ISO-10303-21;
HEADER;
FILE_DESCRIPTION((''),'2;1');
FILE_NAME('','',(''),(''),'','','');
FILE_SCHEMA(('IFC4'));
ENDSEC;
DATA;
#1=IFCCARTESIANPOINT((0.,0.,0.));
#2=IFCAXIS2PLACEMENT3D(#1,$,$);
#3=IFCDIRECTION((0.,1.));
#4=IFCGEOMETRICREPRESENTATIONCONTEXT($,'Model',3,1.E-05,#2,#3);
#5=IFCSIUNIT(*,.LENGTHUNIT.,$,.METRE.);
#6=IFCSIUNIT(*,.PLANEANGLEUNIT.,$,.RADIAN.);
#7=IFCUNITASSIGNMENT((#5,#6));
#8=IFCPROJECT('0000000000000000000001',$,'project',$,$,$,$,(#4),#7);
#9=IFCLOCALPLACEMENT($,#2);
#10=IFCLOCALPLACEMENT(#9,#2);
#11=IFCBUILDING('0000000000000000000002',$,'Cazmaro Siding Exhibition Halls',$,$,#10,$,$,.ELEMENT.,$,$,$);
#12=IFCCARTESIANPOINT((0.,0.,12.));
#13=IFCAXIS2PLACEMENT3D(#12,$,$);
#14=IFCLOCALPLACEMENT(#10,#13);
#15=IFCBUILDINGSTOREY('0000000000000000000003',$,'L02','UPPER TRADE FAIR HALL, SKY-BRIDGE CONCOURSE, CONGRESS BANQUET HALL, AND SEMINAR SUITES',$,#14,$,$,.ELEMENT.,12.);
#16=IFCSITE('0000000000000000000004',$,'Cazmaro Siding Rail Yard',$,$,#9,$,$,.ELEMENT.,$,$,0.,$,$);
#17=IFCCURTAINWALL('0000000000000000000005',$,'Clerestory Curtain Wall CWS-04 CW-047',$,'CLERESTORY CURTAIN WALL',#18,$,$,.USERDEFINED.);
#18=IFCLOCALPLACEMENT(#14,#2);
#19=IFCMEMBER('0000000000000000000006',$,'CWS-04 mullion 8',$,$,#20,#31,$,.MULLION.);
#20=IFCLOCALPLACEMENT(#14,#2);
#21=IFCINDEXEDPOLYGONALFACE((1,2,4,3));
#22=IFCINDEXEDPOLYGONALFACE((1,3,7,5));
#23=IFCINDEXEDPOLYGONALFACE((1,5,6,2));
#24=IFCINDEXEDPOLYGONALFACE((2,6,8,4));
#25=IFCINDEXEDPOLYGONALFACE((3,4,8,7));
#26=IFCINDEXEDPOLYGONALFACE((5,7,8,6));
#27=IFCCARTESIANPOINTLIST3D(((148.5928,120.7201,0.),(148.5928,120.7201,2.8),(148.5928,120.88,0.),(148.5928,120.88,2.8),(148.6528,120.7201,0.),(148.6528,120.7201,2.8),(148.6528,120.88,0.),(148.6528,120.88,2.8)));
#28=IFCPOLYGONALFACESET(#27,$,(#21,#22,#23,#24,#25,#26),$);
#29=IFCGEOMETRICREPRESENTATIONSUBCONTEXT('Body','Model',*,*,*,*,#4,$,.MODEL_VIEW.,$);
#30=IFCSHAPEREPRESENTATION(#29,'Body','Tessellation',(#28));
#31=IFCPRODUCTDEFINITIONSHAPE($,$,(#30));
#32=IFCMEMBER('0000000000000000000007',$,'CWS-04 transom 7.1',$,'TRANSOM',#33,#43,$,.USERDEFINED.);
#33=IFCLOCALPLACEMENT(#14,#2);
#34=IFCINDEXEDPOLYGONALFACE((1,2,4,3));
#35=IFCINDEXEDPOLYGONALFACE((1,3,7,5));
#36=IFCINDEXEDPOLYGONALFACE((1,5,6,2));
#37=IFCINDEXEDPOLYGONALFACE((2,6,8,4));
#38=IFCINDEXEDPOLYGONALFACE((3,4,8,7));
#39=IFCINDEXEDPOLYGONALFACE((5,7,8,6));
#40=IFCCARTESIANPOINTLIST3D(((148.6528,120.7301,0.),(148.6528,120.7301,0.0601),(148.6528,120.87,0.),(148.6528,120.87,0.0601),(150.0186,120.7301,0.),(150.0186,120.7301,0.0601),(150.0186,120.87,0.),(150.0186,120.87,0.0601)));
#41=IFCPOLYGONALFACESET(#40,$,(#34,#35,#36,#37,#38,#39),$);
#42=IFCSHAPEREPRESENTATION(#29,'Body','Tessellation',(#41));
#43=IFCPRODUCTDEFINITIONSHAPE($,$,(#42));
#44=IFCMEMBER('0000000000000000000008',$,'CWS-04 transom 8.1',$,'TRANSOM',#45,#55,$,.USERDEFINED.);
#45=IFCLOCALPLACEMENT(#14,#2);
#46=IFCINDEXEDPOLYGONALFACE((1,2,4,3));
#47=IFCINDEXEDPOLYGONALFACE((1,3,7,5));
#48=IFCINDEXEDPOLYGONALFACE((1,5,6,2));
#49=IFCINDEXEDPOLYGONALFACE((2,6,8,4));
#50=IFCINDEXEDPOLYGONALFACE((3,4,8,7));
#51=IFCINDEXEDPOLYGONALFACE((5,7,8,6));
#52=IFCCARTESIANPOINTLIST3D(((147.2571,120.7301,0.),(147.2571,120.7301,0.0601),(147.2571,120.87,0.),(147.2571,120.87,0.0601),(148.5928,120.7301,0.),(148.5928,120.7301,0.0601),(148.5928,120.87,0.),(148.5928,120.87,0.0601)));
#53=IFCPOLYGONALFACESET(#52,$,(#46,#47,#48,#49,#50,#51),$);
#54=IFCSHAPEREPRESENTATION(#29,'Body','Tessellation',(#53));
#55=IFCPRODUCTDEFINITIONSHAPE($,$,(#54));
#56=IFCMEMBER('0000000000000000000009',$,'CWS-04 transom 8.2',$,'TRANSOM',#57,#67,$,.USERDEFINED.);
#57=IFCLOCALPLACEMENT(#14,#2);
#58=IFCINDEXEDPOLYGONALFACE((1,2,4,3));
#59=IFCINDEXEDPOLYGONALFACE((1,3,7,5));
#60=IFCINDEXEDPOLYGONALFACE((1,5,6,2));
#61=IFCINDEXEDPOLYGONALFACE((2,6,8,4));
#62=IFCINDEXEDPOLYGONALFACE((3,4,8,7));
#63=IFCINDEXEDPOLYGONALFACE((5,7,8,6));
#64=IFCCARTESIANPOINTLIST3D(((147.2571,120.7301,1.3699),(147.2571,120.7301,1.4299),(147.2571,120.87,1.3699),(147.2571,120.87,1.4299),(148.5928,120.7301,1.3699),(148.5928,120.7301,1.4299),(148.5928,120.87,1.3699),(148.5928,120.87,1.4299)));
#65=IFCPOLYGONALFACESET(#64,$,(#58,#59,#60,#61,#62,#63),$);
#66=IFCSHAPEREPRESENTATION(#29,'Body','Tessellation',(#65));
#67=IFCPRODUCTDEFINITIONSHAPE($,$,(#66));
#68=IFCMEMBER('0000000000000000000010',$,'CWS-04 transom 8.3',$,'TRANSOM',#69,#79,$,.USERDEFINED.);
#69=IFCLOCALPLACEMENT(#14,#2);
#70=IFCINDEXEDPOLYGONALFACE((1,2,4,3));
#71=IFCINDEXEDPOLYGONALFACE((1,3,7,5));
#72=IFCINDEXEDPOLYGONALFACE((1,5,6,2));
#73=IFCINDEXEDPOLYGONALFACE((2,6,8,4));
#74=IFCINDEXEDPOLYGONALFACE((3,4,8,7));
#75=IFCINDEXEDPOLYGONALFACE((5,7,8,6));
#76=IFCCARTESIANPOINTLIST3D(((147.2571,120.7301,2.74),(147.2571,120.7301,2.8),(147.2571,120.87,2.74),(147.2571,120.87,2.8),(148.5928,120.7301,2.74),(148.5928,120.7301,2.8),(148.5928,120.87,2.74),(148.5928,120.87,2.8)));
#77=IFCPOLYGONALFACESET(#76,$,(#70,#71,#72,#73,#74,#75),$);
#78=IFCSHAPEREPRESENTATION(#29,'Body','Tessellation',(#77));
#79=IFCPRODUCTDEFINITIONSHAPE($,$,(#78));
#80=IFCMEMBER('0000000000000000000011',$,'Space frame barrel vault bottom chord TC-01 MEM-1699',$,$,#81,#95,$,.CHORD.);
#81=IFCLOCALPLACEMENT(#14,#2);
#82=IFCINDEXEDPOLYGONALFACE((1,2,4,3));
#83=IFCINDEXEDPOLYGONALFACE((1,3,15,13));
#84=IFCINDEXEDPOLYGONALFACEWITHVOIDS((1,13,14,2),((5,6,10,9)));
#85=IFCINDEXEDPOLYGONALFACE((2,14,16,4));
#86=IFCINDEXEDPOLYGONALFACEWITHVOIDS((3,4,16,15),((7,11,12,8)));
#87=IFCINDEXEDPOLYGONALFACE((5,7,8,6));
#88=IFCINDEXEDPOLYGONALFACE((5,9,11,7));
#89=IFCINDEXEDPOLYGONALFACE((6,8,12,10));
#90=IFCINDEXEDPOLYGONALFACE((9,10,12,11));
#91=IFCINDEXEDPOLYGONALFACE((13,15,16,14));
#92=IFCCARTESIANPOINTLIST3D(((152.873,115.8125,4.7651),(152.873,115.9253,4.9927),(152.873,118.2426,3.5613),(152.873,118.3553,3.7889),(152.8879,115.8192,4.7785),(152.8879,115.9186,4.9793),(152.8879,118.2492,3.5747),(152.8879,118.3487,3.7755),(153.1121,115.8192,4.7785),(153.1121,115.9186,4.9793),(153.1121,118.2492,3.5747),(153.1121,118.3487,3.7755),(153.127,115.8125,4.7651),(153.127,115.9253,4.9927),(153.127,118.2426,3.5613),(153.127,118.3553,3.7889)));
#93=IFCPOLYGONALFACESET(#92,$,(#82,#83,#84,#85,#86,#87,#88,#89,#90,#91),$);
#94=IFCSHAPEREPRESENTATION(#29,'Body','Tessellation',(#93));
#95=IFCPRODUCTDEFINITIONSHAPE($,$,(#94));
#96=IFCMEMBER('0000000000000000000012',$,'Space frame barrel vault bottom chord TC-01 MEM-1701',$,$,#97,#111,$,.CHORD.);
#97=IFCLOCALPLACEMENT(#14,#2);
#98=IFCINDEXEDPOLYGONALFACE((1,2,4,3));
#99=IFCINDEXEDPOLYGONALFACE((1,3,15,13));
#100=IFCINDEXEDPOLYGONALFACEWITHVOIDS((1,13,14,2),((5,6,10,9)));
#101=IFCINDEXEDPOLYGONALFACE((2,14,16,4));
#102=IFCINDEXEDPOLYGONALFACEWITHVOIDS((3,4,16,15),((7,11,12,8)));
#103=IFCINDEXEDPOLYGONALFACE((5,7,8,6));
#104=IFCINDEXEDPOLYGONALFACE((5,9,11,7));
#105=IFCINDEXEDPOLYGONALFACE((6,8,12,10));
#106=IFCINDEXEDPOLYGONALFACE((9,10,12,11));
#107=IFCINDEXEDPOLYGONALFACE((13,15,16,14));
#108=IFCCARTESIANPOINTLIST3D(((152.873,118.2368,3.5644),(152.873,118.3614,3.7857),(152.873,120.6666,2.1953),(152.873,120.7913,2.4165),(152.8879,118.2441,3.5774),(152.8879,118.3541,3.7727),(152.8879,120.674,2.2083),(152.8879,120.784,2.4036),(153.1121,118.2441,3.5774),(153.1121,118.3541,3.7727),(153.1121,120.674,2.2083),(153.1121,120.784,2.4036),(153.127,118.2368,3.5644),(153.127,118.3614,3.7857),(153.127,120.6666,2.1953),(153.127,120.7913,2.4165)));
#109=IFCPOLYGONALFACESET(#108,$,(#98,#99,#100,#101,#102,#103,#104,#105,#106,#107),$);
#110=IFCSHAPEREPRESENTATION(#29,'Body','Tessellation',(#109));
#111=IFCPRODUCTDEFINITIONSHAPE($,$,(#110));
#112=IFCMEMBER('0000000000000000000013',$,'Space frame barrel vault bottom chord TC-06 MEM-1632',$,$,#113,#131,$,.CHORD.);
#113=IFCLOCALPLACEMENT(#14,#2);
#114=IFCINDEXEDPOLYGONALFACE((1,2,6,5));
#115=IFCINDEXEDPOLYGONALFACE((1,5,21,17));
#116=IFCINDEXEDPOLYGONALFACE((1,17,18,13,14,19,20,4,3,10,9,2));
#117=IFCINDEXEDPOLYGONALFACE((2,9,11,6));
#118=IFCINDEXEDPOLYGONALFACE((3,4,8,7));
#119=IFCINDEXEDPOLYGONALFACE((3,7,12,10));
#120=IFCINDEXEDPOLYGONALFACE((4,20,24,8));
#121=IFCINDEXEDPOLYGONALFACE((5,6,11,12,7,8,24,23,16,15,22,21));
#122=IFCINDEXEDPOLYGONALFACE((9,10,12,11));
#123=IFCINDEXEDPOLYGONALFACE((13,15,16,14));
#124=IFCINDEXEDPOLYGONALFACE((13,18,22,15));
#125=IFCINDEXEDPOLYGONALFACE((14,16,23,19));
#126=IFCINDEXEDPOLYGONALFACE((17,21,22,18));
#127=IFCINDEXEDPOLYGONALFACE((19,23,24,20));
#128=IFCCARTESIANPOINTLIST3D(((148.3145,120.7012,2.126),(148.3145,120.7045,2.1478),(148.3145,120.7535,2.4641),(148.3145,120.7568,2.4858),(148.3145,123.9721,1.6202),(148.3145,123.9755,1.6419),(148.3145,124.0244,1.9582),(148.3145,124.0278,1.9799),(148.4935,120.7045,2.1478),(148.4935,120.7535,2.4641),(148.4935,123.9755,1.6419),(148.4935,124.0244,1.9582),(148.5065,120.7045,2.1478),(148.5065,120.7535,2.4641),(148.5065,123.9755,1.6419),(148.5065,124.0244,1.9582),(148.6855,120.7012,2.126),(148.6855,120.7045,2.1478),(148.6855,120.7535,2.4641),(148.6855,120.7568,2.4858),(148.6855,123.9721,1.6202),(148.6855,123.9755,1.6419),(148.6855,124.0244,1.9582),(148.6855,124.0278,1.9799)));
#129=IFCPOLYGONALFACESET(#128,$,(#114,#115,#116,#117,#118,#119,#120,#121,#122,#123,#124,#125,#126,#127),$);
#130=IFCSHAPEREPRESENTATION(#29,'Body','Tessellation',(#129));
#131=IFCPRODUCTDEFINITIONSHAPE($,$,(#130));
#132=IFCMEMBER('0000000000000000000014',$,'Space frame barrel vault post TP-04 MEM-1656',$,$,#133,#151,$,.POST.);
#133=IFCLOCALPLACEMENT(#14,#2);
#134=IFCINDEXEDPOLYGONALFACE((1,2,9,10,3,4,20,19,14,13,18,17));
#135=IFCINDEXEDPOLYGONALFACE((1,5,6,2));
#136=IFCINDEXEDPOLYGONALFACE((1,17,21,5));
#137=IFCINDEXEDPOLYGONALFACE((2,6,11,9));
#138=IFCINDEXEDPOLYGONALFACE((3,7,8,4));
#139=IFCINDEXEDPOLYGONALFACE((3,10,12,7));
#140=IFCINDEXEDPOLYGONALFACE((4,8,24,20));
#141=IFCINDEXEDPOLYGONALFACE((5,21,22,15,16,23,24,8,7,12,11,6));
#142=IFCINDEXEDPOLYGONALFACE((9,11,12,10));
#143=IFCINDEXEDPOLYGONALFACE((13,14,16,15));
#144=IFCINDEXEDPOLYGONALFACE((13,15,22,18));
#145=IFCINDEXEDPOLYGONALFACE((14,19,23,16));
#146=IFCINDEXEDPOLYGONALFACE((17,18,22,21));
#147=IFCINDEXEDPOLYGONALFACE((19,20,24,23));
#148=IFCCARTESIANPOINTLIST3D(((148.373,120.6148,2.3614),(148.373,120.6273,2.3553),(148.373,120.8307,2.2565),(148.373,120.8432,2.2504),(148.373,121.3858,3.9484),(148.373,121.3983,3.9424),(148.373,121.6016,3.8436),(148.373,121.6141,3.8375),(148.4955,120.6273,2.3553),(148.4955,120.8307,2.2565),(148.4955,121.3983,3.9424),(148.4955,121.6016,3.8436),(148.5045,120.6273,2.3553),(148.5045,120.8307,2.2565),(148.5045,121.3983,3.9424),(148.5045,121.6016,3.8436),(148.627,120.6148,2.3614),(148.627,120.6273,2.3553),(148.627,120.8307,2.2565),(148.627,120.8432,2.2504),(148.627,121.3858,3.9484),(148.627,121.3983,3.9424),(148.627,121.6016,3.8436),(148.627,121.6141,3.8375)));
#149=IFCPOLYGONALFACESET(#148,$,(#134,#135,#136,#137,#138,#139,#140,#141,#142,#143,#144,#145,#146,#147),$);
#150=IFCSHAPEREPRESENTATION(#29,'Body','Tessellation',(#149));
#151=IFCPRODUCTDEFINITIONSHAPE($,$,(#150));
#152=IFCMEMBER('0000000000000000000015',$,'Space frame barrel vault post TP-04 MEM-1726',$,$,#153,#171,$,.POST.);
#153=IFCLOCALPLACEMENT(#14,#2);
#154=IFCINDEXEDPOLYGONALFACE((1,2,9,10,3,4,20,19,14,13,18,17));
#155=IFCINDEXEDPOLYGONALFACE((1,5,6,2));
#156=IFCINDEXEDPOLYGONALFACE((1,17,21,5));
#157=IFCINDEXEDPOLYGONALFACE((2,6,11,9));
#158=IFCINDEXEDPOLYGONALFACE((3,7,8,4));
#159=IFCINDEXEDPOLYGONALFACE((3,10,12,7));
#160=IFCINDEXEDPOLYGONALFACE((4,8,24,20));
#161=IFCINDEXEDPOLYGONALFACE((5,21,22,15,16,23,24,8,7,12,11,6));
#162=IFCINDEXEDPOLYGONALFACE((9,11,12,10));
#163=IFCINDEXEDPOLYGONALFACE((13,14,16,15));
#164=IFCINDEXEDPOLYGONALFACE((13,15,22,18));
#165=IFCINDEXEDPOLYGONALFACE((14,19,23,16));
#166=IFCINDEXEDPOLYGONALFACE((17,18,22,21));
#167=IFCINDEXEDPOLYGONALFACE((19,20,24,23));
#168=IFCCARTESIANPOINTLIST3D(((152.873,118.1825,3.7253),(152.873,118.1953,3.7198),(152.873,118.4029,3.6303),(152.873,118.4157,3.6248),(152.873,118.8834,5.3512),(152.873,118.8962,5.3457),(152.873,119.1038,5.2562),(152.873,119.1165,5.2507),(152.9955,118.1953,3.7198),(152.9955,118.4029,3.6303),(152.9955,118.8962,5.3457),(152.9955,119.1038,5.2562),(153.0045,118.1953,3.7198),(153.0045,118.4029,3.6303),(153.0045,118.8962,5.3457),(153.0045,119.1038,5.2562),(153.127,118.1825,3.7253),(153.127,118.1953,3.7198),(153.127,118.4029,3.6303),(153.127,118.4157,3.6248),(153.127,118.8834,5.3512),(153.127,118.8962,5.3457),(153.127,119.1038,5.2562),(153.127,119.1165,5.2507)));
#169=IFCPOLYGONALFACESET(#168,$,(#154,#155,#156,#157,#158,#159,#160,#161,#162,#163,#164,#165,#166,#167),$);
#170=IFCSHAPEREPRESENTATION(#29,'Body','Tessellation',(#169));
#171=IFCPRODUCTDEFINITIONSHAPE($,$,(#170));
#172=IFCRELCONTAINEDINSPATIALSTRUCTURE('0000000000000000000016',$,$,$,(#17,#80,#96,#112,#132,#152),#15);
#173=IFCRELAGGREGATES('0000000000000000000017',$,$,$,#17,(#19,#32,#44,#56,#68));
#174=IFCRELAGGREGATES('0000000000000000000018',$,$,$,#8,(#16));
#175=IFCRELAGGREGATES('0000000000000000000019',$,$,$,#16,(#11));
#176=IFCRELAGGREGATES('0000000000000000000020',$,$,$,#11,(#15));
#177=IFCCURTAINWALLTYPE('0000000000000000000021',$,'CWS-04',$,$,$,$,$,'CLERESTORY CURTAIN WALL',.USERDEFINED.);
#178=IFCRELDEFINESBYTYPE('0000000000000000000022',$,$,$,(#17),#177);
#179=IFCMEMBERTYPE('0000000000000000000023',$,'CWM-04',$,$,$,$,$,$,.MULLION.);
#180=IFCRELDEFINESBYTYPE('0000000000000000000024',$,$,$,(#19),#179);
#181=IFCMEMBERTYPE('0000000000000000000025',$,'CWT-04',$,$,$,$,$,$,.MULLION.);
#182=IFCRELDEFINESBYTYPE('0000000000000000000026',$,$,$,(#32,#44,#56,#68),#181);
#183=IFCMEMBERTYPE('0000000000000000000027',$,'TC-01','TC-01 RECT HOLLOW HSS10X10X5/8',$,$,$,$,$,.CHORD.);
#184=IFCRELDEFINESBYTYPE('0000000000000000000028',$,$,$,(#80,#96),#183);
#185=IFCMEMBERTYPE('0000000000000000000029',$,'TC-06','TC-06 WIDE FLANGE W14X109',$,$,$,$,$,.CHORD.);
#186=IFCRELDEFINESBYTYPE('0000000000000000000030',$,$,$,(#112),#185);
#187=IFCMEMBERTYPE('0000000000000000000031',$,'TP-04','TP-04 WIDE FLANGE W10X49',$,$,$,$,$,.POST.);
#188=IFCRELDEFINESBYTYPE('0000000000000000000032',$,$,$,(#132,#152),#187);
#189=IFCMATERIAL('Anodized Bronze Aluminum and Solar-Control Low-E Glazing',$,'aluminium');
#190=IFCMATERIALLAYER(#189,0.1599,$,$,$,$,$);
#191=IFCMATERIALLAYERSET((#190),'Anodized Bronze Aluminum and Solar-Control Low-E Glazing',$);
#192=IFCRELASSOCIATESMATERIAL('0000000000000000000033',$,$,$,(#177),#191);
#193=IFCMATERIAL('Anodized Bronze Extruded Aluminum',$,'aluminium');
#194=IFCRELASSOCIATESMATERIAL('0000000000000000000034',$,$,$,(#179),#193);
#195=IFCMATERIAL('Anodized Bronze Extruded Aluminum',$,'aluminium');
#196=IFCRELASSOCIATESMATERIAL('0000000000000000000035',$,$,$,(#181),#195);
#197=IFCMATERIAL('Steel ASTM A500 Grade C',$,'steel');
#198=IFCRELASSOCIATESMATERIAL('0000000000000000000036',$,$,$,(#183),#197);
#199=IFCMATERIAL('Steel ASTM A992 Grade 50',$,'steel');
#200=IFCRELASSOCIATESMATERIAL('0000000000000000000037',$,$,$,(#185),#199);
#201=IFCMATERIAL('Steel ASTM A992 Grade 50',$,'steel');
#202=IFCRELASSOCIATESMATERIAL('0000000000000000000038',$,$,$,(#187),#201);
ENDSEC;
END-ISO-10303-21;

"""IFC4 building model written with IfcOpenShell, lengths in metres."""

from ifc_helpers import new_model, si_unit, direction, frame, origin, origin_2d, place, context, subcontext, project, spatial, rectangle, hollow_rectangle, i_section, extrude, material, layer, layer_set, material_profile, profile_set, type_object, element, aggregate, save


model = new_model("IFC4")

# Units and contexts
model_context = context("Model", 3, precision=1e-05, world=origin(), true_north=direction((0.0, 1.0)))
body_context = subcontext(model_context, "Body", "Model", "MODEL_VIEW")
ifc_project = project(units=[si_unit("LENGTHUNIT", "METRE"), si_unit("PLANEANGLEUNIT", "RADIAN")], contexts=[model_context])

# Site, building, storey
site_placement = place(None, origin())
site = spatial("IfcSite", under=ifc_project, at=site_placement, Name="Cazmaro Siding Rail Yard", CompositionType="ELEMENT", RefElevation=0.0)
building_placement = place(site_placement, origin())
building = spatial("IfcBuilding", under=site, at=building_placement, Name="Cazmaro Siding Exhibition Halls", CompositionType="ELEMENT")
storey_placement = place(building_placement, frame((0.0, 0.0, 12.0)))
storey = spatial("IfcBuildingStorey", under=building, at=storey_placement, Name="L02", Description="UPPER TRADE FAIR HALL, SKY-BRIDGE CONCOURSE, CONGRESS BANQUET HALL, AND SEMINAR SUITES", CompositionType="ELEMENT", Elevation=12.0)

# Curtain wall, members
ifc_material_1 = material(Name="Anodized Bronze Aluminum and Solar-Control Low-E Glazing", Category="aluminium")
ifc_layer_1 = layer(ifc_material_1, 0.1599)
ifc_layer_set_1 = layer_set([ifc_layer_1], Name="Anodized Bronze Aluminum and Solar-Control Low-E Glazing")
curtain_wall_type = type_object("IfcCurtainWallType", Name="CWS-04", ElementType="CLERESTORY CURTAIN WALL", PredefinedType="USERDEFINED", material=ifc_layer_set_1)
curtain_wall_placement = place(storey_placement, origin())
curtain_wall = element("IfcCurtainWall", 1, at=curtain_wall_placement, inside=storey, type_object=curtain_wall_type, Name="Clerestory Curtain Wall CWS-04 CW-047", ObjectType="CLERESTORY CURTAIN WALL", PredefinedType="USERDEFINED")
ifc_material_2 = material(Name="Anodized Bronze Extruded Aluminum", Category="aluminium")
ifc_material_profile_1 = material_profile(ifc_material_2, rectangle(XDim=0.1599, YDim=0.0601, at=origin_2d()), Name="CWM-04")
ifc_profile_set_1 = profile_set([ifc_material_profile_1], Name="Anodized Bronze Extruded Aluminum")
member_type_1 = type_object("IfcMemberType", Name="CWM-04", PredefinedType="MULLION", material=ifc_profile_set_1)
member_1_placement = place(storey_placement, frame((148.6228, 120.8, 0.0), z_axis=(0.0, 0.0, 1.0), x_axis=(0.0, -1.0, 0.0)))
member_1 = element("IfcMember", 2, at=member_1_placement, type_object=member_type_1, Name="CWS-04 mullion 8", PredefinedType="MULLION", context=body_context, shape_type="SweptSolid", body=[
    extrude(rectangle(XDim=0.1599, YDim=0.0601, at=origin_2d()), origin(), (0.0, 0.0, 1.0), 2.8),
])
ifc_material_3 = material(Name="Anodized Bronze Extruded Aluminum", Category="aluminium")
ifc_material_profile_2 = material_profile(ifc_material_3, rectangle(XDim=0.1399, YDim=0.0601, at=origin_2d()), Name="CWT-04")
ifc_profile_set_2 = profile_set([ifc_material_profile_2], Name="Anodized Bronze Extruded Aluminum")
member_type_2 = type_object("IfcMemberType", Name="CWT-04", PredefinedType="MULLION", material=ifc_profile_set_2)
member_2_placement = place(storey_placement, frame((150.0186, 120.8, 0.03), z_axis=(-1.0, 0.0, 0.0), x_axis=(0.0, -1.0, 0.0)))
member_2 = element("IfcMember", 3, at=member_2_placement, type_object=member_type_2, Name="CWS-04 transom 7.1", ObjectType="TRANSOM", PredefinedType="USERDEFINED", context=body_context, shape_type="SweptSolid", body=[
    extrude(rectangle(XDim=0.1399, YDim=0.0601, at=origin_2d()), origin(), (0.0, 0.0, 1.0), 1.3657),
])
member_3_placement = place(storey_placement, frame((148.5928, 120.8, 0.03), z_axis=(-1.0, 0.0, 0.0), x_axis=(0.0, -1.0, 0.0)))
member_3 = element("IfcMember", 4, at=member_3_placement, type_object=member_type_2, Name="CWS-04 transom 8.1", ObjectType="TRANSOM", PredefinedType="USERDEFINED", context=body_context, shape_type="SweptSolid", body=[
    extrude(rectangle(XDim=0.1399, YDim=0.0601, at=origin_2d()), origin(), (0.0, 0.0, 1.0), 1.3357),
])
member_4_placement = place(storey_placement, frame((148.5928, 120.8, 1.3999), z_axis=(-1.0, 0.0, 0.0), x_axis=(0.0, -1.0, 0.0)))
member_4 = element("IfcMember", 5, at=member_4_placement, type_object=member_type_2, Name="CWS-04 transom 8.2", ObjectType="TRANSOM", PredefinedType="USERDEFINED", context=body_context, shape_type="SweptSolid", body=[
    extrude(rectangle(XDim=0.1399, YDim=0.0601, at=origin_2d()), origin(), (0.0, 0.0, 1.0), 1.3357),
])
member_5_placement = place(storey_placement, frame((148.5928, 120.8, 2.77), z_axis=(-1.0, 0.0, 0.0), x_axis=(0.0, -1.0, 0.0)))
member_5 = element("IfcMember", 6, at=member_5_placement, type_object=member_type_2, Name="CWS-04 transom 8.3", ObjectType="TRANSOM", PredefinedType="USERDEFINED", context=body_context, shape_type="SweptSolid", body=[
    extrude(rectangle(XDim=0.1399, YDim=0.0601, at=origin_2d()), origin(), (0.0, 0.0, 1.0), 1.3357),
])

# Members
ifc_material_4 = material(Name="Steel ASTM A500 Grade C", Category="steel")
ifc_material_profile_3 = material_profile(ifc_material_4, hollow_rectangle(XDim=0.2539, YDim=0.2539, WallThickness=0.0149, at=origin_2d()), Name="HSS10X10X5/8")
ifc_profile_set_3 = profile_set([ifc_material_profile_3], Name="Steel ASTM A500 Grade C")
member_type_3 = type_object("IfcMemberType", Name="TC-01", Description="TC-01 RECT HOLLOW HSS10X10X5/8", PredefinedType="CHORD", material=ifc_profile_set_3)
member_6_placement = place(storey_placement, frame((153.0, 115.8689, 4.8789), z_axis=(0.0, 0.896077, -0.443898), x_axis=(-1.0, 0.0, 0.0)))
element("IfcMember", 7, at=member_6_placement, inside=storey, type_object=member_type_3, Name="Space frame barrel vault bottom chord TC-01 MEM-1699", PredefinedType="CHORD", context=body_context, shape_type="SweptSolid", body=[
    extrude(hollow_rectangle(XDim=0.2539, YDim=0.2539, WallThickness=0.0149, at=origin_2d()), origin(), (0.0, 0.0, 1.0), 2.7119),
])
member_7_placement = place(storey_placement, frame((153.0, 118.2991, 3.675), z_axis=(0.0, 0.871222, -0.490889), x_axis=(-1.0, 0.0, 0.0)))
element("IfcMember", 8, at=member_7_placement, inside=storey, type_object=member_type_3, Name="Space frame barrel vault bottom chord TC-01 MEM-1701", PredefinedType="CHORD", context=body_context, shape_type="SweptSolid", body=[
    extrude(hollow_rectangle(XDim=0.2539, YDim=0.2539, WallThickness=0.0149, at=origin_2d()), origin(), (0.0, 0.0, 1.0), 2.7891),
])
ifc_material_5 = material(Name="Steel ASTM A992 Grade 50", Category="steel")
ifc_material_profile_4 = material_profile(ifc_material_5, i_section(OverallWidth=0.3711, OverallDepth=0.364, WebThickness=0.0129, FlangeThickness=0.022, at=origin_2d()), Name="W14X109")
ifc_profile_set_4 = profile_set([ifc_material_profile_4], Name="Steel ASTM A992 Grade 50")
member_type_4 = type_object("IfcMemberType", Name="TC-06", Description="TC-06 WIDE FLANGE W14X109", PredefinedType="CHORD", material=ifc_profile_set_4)
member_8_placement = place(storey_placement, frame((148.5, 120.729, 2.3059), z_axis=(0.0, 0.988252, -0.152833), x_axis=(-1.0, 0.0, 0.0)))
element("IfcMember", 9, at=member_8_placement, inside=storey, type_object=member_type_4, Name="Space frame barrel vault bottom chord TC-06 MEM-1632", PredefinedType="CHORD", context=body_context, shape_type="SweptSolid", body=[
    extrude(i_section(OverallWidth=0.3711, OverallDepth=0.364, WebThickness=0.0129, FlangeThickness=0.022, at=origin_2d()), origin(), (0.0, 0.0, 1.0), 3.3098),
])
ifc_material_6 = material(Name="Steel ASTM A992 Grade 50", Category="steel")
ifc_material_profile_5 = material_profile(ifc_material_6, i_section(OverallWidth=0.2539, OverallDepth=0.2539, WebThickness=0.009, FlangeThickness=0.0139, at=origin_2d()), Name="W10X49")
ifc_profile_set_5 = profile_set([ifc_material_profile_5], Name="Steel ASTM A992 Grade 50")
member_type_5 = type_object("IfcMemberType", Name="TP-04", Description="TP-04 WIDE FLANGE W10X49", PredefinedType="POST", material=ifc_profile_set_5)
member_9_placement = place(storey_placement, frame((148.5, 120.729, 2.3059), z_axis=(0.0, 0.436946, 0.899488), x_axis=(-1.0, 0.0, 0.0)))
element("IfcMember", 10, at=member_9_placement, inside=storey, type_object=member_type_5, Name="Space frame barrel vault post TP-04 MEM-1656", PredefinedType="POST", context=body_context, shape_type="SweptSolid", body=[
    extrude(i_section(OverallWidth=0.2539, OverallDepth=0.2539, WebThickness=0.009, FlangeThickness=0.0139, at=origin_2d()), origin(), (0.0, 0.0, 1.0), 1.7644),
])
member_10_placement = place(storey_placement, frame((153.0, 118.2991, 3.675), z_axis=(0.0, 0.395865, 0.918309), x_axis=(-1.0, 0.0, 0.0)))
element("IfcMember", 11, at=member_10_placement, inside=storey, type_object=member_type_5, Name="Space frame barrel vault post TP-04 MEM-1726", PredefinedType="POST", context=body_context, shape_type="SweptSolid", body=[
    extrude(i_section(OverallWidth=0.2539, OverallDepth=0.2539, WebThickness=0.009, FlangeThickness=0.0139, at=origin_2d()), origin(), (0.0, 0.0, 1.0), 1.7705),
])

aggregate(curtain_wall, [member_1, member_2, member_3, member_4, member_5])

save(model, "model.ifc")
